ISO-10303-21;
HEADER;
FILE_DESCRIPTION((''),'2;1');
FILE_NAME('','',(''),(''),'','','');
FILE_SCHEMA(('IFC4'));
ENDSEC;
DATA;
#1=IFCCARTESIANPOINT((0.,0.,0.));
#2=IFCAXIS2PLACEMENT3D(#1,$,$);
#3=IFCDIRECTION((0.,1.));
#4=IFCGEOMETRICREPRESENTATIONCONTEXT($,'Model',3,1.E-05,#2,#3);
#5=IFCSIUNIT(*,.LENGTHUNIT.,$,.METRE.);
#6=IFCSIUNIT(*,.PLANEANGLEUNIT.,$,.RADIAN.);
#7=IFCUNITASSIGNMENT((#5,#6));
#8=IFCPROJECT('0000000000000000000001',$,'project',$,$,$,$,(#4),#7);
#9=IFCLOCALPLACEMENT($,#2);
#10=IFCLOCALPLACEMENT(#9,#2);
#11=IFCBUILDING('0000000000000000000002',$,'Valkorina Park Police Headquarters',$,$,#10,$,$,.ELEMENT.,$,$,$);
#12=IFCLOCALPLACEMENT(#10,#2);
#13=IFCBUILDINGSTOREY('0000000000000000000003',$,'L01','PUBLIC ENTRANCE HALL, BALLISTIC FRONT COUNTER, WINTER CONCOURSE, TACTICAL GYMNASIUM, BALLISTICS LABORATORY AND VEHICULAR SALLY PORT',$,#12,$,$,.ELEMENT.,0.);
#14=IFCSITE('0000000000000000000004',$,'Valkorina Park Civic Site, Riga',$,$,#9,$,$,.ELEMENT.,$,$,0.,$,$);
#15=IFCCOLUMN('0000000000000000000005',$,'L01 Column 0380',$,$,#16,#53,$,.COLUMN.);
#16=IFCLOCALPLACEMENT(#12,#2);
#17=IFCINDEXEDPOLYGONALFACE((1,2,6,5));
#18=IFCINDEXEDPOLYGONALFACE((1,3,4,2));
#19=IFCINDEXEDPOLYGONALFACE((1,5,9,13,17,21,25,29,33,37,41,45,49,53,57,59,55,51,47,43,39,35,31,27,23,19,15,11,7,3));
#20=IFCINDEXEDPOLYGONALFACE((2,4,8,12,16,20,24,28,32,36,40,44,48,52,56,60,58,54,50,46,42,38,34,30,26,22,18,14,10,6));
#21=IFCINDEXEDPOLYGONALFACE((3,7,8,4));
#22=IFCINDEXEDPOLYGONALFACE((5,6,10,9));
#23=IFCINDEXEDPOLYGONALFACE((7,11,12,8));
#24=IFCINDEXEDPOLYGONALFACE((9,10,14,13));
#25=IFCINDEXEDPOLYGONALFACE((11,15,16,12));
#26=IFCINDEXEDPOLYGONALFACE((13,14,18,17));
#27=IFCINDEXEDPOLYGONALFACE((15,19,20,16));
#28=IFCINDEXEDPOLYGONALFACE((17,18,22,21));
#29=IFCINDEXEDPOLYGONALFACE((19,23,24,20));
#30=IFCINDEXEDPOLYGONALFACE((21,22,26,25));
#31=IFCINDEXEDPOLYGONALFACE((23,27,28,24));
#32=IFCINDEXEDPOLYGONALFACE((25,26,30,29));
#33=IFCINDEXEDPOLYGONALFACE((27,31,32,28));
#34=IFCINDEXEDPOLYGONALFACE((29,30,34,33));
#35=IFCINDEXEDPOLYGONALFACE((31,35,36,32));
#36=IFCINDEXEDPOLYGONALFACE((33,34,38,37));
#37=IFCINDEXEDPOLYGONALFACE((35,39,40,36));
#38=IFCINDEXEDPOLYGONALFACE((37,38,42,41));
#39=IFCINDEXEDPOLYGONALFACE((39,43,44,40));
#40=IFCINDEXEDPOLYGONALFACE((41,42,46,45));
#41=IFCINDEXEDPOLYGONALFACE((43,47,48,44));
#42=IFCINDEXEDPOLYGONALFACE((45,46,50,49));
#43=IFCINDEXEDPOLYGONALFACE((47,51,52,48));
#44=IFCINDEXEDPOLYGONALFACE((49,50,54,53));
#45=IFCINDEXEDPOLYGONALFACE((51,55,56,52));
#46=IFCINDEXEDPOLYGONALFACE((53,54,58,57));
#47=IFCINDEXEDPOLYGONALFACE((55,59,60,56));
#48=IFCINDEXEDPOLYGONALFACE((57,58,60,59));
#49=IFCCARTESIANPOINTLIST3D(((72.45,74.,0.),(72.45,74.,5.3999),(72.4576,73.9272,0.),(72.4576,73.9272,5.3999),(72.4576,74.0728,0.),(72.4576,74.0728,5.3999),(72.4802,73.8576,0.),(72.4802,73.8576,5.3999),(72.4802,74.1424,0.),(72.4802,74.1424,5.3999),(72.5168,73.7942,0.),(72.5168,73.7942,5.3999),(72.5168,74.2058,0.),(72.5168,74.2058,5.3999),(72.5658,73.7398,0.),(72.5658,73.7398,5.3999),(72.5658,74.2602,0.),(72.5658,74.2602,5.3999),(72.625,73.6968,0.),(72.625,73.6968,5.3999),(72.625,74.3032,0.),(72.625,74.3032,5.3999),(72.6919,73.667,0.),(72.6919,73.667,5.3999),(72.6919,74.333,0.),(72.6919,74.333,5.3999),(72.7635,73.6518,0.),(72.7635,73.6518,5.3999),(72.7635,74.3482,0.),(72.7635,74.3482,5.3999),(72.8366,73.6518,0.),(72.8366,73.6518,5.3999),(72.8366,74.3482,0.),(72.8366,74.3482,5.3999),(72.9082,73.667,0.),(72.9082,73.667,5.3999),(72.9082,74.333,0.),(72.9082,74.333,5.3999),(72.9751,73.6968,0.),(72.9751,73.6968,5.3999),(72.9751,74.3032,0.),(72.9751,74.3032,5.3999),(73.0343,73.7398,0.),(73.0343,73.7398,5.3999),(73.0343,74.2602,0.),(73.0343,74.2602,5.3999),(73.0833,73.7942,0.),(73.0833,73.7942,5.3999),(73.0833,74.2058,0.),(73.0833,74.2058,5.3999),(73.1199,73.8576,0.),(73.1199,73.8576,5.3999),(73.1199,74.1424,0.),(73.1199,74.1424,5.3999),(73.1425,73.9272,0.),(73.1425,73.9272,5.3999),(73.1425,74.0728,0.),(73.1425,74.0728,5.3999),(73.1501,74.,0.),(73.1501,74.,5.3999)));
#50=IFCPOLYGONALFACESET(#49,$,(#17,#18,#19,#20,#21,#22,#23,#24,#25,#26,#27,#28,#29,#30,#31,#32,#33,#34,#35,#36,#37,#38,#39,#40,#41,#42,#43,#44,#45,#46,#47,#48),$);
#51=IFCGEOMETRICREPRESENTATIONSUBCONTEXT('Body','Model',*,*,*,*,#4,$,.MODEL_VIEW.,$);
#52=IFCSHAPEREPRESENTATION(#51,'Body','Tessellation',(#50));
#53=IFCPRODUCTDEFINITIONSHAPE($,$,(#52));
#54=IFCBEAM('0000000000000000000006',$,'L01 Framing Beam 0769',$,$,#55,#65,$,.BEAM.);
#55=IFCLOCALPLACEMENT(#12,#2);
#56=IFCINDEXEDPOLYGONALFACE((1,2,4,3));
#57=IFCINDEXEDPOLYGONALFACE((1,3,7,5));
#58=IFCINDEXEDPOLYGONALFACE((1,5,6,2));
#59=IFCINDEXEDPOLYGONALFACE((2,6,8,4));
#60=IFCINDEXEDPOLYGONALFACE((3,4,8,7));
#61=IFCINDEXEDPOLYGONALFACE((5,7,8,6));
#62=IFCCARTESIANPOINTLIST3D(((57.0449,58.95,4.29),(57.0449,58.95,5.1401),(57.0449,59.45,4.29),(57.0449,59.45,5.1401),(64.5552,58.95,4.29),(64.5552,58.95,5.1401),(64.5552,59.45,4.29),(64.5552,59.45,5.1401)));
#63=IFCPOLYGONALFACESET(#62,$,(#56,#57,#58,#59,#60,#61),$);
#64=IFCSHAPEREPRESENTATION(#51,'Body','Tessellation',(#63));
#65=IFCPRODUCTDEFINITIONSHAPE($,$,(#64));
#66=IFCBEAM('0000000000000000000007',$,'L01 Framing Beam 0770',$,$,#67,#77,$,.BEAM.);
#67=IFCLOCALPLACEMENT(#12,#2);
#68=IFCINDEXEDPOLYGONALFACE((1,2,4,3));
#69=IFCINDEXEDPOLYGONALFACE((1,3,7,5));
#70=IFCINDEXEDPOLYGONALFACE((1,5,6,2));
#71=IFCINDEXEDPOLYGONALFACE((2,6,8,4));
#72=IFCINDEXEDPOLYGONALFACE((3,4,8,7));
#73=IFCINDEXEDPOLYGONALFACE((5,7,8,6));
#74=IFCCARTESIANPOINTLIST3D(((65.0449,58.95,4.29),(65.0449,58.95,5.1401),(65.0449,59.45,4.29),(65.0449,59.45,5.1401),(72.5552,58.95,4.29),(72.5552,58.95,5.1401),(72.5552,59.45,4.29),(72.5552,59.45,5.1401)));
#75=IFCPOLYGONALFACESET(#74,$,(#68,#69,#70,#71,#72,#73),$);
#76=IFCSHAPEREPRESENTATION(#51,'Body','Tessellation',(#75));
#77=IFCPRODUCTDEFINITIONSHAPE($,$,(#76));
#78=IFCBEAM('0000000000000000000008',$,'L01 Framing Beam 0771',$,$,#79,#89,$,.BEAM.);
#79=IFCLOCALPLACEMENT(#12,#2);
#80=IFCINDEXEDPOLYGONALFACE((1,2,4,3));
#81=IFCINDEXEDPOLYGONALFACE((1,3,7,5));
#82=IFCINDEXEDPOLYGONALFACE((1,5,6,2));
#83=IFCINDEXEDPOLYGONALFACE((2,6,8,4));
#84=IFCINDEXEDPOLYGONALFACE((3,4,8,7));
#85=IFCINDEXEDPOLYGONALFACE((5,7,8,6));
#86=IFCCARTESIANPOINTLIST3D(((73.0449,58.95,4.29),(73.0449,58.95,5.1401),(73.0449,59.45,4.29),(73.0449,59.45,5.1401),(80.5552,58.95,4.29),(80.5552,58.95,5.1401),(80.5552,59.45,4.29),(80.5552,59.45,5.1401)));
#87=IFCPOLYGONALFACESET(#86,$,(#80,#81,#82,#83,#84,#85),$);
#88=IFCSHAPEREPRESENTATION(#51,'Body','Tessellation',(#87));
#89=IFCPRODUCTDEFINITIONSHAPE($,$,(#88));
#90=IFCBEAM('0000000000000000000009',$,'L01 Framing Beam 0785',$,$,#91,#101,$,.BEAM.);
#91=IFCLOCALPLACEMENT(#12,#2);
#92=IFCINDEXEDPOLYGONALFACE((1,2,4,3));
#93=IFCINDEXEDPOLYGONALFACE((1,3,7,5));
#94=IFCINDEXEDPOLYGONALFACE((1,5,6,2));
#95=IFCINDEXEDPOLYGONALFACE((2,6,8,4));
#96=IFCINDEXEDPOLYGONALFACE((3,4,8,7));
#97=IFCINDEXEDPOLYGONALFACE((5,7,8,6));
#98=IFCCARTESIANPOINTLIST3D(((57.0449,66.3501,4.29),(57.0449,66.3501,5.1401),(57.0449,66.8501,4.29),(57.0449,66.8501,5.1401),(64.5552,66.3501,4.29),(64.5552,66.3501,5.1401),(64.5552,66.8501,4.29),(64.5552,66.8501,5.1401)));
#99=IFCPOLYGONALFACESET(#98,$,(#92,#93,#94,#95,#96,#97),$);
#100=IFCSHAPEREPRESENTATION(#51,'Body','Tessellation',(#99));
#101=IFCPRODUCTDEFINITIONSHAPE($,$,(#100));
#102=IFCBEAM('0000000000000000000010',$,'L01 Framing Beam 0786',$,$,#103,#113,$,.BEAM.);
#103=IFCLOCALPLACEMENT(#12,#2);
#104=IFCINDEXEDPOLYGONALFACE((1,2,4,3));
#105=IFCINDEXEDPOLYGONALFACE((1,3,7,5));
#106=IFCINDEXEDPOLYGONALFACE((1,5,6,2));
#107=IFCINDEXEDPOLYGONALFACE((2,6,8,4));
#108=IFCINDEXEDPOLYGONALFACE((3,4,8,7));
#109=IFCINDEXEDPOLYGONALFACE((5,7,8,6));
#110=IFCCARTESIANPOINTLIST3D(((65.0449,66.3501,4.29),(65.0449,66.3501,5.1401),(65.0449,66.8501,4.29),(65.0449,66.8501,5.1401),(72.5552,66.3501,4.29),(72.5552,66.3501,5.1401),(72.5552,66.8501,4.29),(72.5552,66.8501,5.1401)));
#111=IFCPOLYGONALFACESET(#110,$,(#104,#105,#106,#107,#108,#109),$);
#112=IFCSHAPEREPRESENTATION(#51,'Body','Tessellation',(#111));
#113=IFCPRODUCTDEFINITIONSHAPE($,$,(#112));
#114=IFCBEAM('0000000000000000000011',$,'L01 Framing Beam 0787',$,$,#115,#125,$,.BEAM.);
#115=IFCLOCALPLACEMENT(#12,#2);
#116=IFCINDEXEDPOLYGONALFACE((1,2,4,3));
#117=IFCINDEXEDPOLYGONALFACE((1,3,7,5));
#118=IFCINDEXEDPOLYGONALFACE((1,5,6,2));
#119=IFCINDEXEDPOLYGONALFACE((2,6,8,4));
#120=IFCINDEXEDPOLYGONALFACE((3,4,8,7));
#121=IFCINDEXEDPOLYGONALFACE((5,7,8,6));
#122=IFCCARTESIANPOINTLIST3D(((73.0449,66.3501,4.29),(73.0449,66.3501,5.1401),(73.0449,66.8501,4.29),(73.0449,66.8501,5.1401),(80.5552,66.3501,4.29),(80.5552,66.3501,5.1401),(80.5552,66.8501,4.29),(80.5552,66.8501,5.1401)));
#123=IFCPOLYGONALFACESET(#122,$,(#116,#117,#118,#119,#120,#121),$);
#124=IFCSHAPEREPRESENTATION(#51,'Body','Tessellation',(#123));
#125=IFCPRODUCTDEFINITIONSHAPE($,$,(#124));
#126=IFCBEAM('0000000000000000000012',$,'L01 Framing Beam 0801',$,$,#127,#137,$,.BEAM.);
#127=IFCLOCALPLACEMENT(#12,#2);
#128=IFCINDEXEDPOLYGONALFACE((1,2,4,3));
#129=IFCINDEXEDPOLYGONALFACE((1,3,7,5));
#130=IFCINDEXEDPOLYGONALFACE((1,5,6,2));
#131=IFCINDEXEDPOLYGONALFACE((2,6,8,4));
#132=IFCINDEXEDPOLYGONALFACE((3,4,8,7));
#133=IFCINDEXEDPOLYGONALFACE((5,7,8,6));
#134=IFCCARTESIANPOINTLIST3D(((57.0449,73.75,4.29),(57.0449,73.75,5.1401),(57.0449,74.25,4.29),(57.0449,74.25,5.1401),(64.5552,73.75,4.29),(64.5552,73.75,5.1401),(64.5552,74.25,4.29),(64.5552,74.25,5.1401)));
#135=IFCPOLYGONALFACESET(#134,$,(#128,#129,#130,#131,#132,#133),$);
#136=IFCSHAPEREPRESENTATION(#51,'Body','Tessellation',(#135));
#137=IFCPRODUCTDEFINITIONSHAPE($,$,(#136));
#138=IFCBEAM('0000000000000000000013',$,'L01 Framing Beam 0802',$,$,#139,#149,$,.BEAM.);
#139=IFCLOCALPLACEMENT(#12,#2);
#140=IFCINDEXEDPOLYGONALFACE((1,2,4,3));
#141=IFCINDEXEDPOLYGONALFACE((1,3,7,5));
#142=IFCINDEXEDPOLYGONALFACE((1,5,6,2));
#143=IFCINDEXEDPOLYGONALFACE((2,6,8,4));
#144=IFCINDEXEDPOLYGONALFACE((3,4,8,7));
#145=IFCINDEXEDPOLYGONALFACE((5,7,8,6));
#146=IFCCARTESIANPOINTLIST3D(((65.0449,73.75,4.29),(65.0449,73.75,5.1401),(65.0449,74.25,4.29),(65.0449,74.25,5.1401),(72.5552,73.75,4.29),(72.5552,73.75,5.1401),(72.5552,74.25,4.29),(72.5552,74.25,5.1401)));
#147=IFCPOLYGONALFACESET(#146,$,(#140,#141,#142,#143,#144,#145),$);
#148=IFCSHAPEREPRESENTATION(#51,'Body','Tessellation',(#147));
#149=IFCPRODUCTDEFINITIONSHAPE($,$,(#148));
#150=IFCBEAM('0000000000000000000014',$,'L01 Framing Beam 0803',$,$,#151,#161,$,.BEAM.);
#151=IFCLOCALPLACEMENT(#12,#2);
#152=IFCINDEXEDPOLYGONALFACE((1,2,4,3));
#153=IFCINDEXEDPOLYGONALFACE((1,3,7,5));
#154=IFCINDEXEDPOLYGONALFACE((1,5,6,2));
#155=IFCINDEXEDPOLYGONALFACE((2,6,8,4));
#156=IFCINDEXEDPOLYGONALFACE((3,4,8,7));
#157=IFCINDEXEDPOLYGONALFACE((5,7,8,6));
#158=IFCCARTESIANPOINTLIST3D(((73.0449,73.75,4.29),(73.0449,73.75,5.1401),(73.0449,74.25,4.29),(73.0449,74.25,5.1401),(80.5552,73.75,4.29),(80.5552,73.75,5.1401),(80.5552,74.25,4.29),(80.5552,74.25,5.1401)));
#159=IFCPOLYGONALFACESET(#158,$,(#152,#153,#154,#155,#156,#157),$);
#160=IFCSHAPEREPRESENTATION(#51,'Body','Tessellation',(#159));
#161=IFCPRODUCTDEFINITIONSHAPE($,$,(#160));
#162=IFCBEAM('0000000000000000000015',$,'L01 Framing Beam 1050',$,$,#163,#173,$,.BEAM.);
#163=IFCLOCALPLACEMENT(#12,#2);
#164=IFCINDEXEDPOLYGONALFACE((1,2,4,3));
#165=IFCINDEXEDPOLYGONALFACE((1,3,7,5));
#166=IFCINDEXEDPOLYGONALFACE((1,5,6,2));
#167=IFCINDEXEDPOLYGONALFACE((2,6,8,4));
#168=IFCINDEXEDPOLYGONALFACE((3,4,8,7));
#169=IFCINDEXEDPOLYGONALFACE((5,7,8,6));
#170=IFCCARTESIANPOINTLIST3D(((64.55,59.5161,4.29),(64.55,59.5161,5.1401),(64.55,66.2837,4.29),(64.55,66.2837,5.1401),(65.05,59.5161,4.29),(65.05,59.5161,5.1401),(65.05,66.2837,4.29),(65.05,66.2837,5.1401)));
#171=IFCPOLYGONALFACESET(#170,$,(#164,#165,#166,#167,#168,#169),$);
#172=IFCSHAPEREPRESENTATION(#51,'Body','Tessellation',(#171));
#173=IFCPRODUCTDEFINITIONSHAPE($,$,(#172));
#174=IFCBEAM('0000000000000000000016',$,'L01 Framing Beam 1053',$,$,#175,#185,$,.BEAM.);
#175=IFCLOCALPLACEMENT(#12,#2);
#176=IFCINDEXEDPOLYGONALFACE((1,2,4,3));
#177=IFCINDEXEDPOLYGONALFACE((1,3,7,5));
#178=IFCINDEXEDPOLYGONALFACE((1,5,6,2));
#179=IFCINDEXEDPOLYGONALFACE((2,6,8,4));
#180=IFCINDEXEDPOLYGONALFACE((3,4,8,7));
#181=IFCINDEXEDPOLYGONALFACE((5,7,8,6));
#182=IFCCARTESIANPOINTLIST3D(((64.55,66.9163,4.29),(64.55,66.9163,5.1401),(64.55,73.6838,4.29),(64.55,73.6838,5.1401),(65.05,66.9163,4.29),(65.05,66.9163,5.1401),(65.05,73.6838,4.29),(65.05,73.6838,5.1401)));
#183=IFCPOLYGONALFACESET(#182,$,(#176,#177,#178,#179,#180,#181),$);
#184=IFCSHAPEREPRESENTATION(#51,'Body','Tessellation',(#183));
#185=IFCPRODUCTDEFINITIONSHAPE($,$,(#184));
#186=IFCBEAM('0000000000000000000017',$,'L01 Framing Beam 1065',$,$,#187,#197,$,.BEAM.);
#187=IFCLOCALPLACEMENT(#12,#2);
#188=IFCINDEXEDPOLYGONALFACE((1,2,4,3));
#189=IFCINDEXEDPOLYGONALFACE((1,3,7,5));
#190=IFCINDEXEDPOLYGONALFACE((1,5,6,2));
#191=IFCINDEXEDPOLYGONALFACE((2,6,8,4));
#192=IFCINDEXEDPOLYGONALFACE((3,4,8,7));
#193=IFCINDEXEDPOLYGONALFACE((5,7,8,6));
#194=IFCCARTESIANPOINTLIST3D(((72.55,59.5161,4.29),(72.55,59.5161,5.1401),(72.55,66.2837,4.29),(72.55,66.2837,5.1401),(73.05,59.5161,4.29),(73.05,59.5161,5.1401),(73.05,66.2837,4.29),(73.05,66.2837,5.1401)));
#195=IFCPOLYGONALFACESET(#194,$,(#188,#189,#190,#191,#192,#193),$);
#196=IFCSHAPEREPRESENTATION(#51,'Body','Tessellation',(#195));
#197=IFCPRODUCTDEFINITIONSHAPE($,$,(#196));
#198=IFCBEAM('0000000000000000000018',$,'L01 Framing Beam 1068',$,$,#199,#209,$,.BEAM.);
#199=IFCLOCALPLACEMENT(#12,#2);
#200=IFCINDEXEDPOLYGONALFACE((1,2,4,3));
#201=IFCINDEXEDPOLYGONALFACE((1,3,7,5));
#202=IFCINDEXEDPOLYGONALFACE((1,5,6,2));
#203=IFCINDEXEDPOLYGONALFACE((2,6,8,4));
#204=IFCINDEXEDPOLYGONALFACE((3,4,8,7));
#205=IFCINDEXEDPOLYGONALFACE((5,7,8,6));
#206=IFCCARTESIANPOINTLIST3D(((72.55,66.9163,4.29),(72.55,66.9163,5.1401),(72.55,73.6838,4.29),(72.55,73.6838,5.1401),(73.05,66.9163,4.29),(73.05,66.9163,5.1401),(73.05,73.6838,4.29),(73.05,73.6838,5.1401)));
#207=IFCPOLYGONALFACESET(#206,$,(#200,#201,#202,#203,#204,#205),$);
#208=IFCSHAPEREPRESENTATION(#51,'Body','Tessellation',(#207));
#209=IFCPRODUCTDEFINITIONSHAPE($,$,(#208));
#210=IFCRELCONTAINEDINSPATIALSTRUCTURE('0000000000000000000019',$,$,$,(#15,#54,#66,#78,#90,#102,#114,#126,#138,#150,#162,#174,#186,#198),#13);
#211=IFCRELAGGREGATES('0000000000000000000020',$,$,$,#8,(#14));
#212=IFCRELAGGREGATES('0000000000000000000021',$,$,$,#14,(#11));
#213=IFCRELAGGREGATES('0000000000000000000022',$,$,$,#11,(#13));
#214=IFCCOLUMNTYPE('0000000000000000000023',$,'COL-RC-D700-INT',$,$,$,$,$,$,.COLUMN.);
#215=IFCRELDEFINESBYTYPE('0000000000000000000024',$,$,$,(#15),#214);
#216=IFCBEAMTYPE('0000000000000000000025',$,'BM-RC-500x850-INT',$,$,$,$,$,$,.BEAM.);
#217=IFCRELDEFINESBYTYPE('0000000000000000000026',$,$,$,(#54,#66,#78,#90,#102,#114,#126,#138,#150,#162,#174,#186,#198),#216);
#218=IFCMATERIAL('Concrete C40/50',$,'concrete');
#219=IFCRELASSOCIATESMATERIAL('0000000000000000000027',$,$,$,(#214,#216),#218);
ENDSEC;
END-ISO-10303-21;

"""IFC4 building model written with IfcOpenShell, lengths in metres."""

from ifc_helpers import new_model, si_unit, direction, frame, origin, origin_2d, place, context, subcontext, project, spatial, rectangle, circle, extrude, material, material_profile, profile_set, type_object, element, save


model = new_model("IFC4")

# Units and contexts
model_context = context("Model", 3, precision=1e-05, world=origin(), true_north=direction((0.0, 1.0)))
body_context = subcontext(model_context, "Body", "Model", "MODEL_VIEW")
ifc_project = project(units=[si_unit("LENGTHUNIT", "METRE"), si_unit("PLANEANGLEUNIT", "RADIAN")], contexts=[model_context])

# Site, building, storey
site_placement = place(None, origin())
site = spatial("IfcSite", under=ifc_project, at=site_placement, Name="Valkorina Park Civic Site, Riga", CompositionType="ELEMENT", RefElevation=0.0)
building_placement = place(site_placement, origin())
building = spatial("IfcBuilding", under=site, at=building_placement, Name="Valkorina Park Police Headquarters", CompositionType="ELEMENT")
storey_placement = place(building_placement, origin())
storey = spatial("IfcBuildingStorey", under=building, at=storey_placement, Name="L01", Description="PUBLIC ENTRANCE HALL, BALLISTIC FRONT COUNTER, WINTER CONCOURSE, TACTICAL GYMNASIUM, BALLISTICS LABORATORY AND VEHICULAR SALLY PORT", CompositionType="ELEMENT", Elevation=0.0)

# Column
ifc_material_1 = material(Name="Concrete C40/50", Category="concrete")
ifc_material_profile_1 = material_profile(ifc_material_1, circle(Radius=0.3501, at=origin_2d()), Name="RC COL D700")
ifc_profile_set_1 = profile_set([ifc_material_profile_1], Name="Concrete C40/50")
column_type = type_object("IfcColumnType", Name="COL-RC-D700-INT", PredefinedType="COLUMN", material=ifc_profile_set_1)
for number, where, z_axis, x_axis, name in (
    (1, (72.8, 74.0, 0.0), (0.0, 0.0, 1.0), (1.0, 0.0, 0.0), "L01 Column 0380"),
):
    element("IfcColumn", number, at=place(storey_placement, frame(where, z_axis=z_axis, x_axis=x_axis)), inside=storey, type_object=column_type, Name=name, PredefinedType="COLUMN", context=body_context, shape_type="SweptSolid", body=[
        extrude(circle(Radius=0.3501, at=origin_2d()), origin(), (0.0, 0.0, 1.0), 5.3999),
    ])

# Beams
ifc_material_profile_2 = material_profile(ifc_material_1, rectangle(XDim=0.5, YDim=0.8501, at=origin_2d()), Name="RC BEAM 500x850")
ifc_profile_set_2 = profile_set([ifc_material_profile_2], Name="Concrete C40/50")
beam_type_1 = type_object("IfcBeamType", Name="BM-RC-500x850-INT", PredefinedType="BEAM", material=ifc_profile_set_2)
for number, where, z_axis, x_axis, name in (
    (2, (57.0449, 59.2, 4.7151), (1.0, 0.0, 0.0), (0.0, 1.0, 0.0), "L01 Framing Beam 0769"),
    (3, (65.0449, 59.2, 4.7151), (1.0, 0.0, 0.0), (0.0, 1.0, 0.0), "L01 Framing Beam 0770"),
    (4, (73.0449, 59.2, 4.7151), (1.0, 0.0, 0.0), (0.0, 1.0, 0.0), "L01 Framing Beam 0771"),
    (5, (57.0449, 66.6001, 4.7151), (1.0, 0.0, 0.0), (0.0, 1.0, 0.0), "L01 Framing Beam 0785"),
    (6, (65.0449, 66.6001, 4.7151), (1.0, 0.0, 0.0), (0.0, 1.0, 0.0), "L01 Framing Beam 0786"),
    (7, (73.0449, 66.6001, 4.7151), (1.0, 0.0, 0.0), (0.0, 1.0, 0.0), "L01 Framing Beam 0787"),
    (8, (57.0449, 74.0, 4.7151), (1.0, 0.0, 0.0), (0.0, 1.0, 0.0), "L01 Framing Beam 0801"),
    (9, (65.0449, 74.0, 4.7151), (1.0, 0.0, 0.0), (0.0, 1.0, 0.0), "L01 Framing Beam 0802"),
    (10, (73.0449, 74.0, 4.7151), (1.0, 0.0, 0.0), (0.0, 1.0, 0.0), "L01 Framing Beam 0803"),
):
    element("IfcBeam", number, at=place(storey_placement, frame(where, z_axis=z_axis, x_axis=x_axis)), inside=storey, type_object=beam_type_1, Name=name, PredefinedType="BEAM", context=body_context, shape_type="SweptSolid", body=[
        extrude(rectangle(XDim=0.5, YDim=0.8501, at=origin_2d()), origin(), (0.0, 0.0, 1.0), 7.5103),
    ])
for number, where, z_axis, x_axis, name in (
    (11, (64.8, 59.5161, 4.7151), (0.0, 1.0, 0.0), (-1.0, 0.0, 0.0), "L01 Framing Beam 1050"),
    (12, (64.8, 66.9163, 4.7151), (0.0, 1.0, 0.0), (-1.0, 0.0, 0.0), "L01 Framing Beam 1053"),
    (13, (72.8, 59.5161, 4.7151), (0.0, 1.0, 0.0), (-1.0, 0.0, 0.0), "L01 Framing Beam 1065"),
    (14, (72.8, 66.9163, 4.7151), (0.0, 1.0, 0.0), (-1.0, 0.0, 0.0), "L01 Framing Beam 1068"),
):
    element("IfcBeam", number, at=place(storey_placement, frame(where, z_axis=z_axis, x_axis=x_axis)), inside=storey, type_object=beam_type_1, Name=name, PredefinedType="BEAM", context=body_context, shape_type="SweptSolid", body=[
        extrude(rectangle(XDim=0.5, YDim=0.8501, at=origin_2d()), origin(), (0.0, 0.0, 1.0), 6.7676),
    ])

save(model, "model.ifc")
